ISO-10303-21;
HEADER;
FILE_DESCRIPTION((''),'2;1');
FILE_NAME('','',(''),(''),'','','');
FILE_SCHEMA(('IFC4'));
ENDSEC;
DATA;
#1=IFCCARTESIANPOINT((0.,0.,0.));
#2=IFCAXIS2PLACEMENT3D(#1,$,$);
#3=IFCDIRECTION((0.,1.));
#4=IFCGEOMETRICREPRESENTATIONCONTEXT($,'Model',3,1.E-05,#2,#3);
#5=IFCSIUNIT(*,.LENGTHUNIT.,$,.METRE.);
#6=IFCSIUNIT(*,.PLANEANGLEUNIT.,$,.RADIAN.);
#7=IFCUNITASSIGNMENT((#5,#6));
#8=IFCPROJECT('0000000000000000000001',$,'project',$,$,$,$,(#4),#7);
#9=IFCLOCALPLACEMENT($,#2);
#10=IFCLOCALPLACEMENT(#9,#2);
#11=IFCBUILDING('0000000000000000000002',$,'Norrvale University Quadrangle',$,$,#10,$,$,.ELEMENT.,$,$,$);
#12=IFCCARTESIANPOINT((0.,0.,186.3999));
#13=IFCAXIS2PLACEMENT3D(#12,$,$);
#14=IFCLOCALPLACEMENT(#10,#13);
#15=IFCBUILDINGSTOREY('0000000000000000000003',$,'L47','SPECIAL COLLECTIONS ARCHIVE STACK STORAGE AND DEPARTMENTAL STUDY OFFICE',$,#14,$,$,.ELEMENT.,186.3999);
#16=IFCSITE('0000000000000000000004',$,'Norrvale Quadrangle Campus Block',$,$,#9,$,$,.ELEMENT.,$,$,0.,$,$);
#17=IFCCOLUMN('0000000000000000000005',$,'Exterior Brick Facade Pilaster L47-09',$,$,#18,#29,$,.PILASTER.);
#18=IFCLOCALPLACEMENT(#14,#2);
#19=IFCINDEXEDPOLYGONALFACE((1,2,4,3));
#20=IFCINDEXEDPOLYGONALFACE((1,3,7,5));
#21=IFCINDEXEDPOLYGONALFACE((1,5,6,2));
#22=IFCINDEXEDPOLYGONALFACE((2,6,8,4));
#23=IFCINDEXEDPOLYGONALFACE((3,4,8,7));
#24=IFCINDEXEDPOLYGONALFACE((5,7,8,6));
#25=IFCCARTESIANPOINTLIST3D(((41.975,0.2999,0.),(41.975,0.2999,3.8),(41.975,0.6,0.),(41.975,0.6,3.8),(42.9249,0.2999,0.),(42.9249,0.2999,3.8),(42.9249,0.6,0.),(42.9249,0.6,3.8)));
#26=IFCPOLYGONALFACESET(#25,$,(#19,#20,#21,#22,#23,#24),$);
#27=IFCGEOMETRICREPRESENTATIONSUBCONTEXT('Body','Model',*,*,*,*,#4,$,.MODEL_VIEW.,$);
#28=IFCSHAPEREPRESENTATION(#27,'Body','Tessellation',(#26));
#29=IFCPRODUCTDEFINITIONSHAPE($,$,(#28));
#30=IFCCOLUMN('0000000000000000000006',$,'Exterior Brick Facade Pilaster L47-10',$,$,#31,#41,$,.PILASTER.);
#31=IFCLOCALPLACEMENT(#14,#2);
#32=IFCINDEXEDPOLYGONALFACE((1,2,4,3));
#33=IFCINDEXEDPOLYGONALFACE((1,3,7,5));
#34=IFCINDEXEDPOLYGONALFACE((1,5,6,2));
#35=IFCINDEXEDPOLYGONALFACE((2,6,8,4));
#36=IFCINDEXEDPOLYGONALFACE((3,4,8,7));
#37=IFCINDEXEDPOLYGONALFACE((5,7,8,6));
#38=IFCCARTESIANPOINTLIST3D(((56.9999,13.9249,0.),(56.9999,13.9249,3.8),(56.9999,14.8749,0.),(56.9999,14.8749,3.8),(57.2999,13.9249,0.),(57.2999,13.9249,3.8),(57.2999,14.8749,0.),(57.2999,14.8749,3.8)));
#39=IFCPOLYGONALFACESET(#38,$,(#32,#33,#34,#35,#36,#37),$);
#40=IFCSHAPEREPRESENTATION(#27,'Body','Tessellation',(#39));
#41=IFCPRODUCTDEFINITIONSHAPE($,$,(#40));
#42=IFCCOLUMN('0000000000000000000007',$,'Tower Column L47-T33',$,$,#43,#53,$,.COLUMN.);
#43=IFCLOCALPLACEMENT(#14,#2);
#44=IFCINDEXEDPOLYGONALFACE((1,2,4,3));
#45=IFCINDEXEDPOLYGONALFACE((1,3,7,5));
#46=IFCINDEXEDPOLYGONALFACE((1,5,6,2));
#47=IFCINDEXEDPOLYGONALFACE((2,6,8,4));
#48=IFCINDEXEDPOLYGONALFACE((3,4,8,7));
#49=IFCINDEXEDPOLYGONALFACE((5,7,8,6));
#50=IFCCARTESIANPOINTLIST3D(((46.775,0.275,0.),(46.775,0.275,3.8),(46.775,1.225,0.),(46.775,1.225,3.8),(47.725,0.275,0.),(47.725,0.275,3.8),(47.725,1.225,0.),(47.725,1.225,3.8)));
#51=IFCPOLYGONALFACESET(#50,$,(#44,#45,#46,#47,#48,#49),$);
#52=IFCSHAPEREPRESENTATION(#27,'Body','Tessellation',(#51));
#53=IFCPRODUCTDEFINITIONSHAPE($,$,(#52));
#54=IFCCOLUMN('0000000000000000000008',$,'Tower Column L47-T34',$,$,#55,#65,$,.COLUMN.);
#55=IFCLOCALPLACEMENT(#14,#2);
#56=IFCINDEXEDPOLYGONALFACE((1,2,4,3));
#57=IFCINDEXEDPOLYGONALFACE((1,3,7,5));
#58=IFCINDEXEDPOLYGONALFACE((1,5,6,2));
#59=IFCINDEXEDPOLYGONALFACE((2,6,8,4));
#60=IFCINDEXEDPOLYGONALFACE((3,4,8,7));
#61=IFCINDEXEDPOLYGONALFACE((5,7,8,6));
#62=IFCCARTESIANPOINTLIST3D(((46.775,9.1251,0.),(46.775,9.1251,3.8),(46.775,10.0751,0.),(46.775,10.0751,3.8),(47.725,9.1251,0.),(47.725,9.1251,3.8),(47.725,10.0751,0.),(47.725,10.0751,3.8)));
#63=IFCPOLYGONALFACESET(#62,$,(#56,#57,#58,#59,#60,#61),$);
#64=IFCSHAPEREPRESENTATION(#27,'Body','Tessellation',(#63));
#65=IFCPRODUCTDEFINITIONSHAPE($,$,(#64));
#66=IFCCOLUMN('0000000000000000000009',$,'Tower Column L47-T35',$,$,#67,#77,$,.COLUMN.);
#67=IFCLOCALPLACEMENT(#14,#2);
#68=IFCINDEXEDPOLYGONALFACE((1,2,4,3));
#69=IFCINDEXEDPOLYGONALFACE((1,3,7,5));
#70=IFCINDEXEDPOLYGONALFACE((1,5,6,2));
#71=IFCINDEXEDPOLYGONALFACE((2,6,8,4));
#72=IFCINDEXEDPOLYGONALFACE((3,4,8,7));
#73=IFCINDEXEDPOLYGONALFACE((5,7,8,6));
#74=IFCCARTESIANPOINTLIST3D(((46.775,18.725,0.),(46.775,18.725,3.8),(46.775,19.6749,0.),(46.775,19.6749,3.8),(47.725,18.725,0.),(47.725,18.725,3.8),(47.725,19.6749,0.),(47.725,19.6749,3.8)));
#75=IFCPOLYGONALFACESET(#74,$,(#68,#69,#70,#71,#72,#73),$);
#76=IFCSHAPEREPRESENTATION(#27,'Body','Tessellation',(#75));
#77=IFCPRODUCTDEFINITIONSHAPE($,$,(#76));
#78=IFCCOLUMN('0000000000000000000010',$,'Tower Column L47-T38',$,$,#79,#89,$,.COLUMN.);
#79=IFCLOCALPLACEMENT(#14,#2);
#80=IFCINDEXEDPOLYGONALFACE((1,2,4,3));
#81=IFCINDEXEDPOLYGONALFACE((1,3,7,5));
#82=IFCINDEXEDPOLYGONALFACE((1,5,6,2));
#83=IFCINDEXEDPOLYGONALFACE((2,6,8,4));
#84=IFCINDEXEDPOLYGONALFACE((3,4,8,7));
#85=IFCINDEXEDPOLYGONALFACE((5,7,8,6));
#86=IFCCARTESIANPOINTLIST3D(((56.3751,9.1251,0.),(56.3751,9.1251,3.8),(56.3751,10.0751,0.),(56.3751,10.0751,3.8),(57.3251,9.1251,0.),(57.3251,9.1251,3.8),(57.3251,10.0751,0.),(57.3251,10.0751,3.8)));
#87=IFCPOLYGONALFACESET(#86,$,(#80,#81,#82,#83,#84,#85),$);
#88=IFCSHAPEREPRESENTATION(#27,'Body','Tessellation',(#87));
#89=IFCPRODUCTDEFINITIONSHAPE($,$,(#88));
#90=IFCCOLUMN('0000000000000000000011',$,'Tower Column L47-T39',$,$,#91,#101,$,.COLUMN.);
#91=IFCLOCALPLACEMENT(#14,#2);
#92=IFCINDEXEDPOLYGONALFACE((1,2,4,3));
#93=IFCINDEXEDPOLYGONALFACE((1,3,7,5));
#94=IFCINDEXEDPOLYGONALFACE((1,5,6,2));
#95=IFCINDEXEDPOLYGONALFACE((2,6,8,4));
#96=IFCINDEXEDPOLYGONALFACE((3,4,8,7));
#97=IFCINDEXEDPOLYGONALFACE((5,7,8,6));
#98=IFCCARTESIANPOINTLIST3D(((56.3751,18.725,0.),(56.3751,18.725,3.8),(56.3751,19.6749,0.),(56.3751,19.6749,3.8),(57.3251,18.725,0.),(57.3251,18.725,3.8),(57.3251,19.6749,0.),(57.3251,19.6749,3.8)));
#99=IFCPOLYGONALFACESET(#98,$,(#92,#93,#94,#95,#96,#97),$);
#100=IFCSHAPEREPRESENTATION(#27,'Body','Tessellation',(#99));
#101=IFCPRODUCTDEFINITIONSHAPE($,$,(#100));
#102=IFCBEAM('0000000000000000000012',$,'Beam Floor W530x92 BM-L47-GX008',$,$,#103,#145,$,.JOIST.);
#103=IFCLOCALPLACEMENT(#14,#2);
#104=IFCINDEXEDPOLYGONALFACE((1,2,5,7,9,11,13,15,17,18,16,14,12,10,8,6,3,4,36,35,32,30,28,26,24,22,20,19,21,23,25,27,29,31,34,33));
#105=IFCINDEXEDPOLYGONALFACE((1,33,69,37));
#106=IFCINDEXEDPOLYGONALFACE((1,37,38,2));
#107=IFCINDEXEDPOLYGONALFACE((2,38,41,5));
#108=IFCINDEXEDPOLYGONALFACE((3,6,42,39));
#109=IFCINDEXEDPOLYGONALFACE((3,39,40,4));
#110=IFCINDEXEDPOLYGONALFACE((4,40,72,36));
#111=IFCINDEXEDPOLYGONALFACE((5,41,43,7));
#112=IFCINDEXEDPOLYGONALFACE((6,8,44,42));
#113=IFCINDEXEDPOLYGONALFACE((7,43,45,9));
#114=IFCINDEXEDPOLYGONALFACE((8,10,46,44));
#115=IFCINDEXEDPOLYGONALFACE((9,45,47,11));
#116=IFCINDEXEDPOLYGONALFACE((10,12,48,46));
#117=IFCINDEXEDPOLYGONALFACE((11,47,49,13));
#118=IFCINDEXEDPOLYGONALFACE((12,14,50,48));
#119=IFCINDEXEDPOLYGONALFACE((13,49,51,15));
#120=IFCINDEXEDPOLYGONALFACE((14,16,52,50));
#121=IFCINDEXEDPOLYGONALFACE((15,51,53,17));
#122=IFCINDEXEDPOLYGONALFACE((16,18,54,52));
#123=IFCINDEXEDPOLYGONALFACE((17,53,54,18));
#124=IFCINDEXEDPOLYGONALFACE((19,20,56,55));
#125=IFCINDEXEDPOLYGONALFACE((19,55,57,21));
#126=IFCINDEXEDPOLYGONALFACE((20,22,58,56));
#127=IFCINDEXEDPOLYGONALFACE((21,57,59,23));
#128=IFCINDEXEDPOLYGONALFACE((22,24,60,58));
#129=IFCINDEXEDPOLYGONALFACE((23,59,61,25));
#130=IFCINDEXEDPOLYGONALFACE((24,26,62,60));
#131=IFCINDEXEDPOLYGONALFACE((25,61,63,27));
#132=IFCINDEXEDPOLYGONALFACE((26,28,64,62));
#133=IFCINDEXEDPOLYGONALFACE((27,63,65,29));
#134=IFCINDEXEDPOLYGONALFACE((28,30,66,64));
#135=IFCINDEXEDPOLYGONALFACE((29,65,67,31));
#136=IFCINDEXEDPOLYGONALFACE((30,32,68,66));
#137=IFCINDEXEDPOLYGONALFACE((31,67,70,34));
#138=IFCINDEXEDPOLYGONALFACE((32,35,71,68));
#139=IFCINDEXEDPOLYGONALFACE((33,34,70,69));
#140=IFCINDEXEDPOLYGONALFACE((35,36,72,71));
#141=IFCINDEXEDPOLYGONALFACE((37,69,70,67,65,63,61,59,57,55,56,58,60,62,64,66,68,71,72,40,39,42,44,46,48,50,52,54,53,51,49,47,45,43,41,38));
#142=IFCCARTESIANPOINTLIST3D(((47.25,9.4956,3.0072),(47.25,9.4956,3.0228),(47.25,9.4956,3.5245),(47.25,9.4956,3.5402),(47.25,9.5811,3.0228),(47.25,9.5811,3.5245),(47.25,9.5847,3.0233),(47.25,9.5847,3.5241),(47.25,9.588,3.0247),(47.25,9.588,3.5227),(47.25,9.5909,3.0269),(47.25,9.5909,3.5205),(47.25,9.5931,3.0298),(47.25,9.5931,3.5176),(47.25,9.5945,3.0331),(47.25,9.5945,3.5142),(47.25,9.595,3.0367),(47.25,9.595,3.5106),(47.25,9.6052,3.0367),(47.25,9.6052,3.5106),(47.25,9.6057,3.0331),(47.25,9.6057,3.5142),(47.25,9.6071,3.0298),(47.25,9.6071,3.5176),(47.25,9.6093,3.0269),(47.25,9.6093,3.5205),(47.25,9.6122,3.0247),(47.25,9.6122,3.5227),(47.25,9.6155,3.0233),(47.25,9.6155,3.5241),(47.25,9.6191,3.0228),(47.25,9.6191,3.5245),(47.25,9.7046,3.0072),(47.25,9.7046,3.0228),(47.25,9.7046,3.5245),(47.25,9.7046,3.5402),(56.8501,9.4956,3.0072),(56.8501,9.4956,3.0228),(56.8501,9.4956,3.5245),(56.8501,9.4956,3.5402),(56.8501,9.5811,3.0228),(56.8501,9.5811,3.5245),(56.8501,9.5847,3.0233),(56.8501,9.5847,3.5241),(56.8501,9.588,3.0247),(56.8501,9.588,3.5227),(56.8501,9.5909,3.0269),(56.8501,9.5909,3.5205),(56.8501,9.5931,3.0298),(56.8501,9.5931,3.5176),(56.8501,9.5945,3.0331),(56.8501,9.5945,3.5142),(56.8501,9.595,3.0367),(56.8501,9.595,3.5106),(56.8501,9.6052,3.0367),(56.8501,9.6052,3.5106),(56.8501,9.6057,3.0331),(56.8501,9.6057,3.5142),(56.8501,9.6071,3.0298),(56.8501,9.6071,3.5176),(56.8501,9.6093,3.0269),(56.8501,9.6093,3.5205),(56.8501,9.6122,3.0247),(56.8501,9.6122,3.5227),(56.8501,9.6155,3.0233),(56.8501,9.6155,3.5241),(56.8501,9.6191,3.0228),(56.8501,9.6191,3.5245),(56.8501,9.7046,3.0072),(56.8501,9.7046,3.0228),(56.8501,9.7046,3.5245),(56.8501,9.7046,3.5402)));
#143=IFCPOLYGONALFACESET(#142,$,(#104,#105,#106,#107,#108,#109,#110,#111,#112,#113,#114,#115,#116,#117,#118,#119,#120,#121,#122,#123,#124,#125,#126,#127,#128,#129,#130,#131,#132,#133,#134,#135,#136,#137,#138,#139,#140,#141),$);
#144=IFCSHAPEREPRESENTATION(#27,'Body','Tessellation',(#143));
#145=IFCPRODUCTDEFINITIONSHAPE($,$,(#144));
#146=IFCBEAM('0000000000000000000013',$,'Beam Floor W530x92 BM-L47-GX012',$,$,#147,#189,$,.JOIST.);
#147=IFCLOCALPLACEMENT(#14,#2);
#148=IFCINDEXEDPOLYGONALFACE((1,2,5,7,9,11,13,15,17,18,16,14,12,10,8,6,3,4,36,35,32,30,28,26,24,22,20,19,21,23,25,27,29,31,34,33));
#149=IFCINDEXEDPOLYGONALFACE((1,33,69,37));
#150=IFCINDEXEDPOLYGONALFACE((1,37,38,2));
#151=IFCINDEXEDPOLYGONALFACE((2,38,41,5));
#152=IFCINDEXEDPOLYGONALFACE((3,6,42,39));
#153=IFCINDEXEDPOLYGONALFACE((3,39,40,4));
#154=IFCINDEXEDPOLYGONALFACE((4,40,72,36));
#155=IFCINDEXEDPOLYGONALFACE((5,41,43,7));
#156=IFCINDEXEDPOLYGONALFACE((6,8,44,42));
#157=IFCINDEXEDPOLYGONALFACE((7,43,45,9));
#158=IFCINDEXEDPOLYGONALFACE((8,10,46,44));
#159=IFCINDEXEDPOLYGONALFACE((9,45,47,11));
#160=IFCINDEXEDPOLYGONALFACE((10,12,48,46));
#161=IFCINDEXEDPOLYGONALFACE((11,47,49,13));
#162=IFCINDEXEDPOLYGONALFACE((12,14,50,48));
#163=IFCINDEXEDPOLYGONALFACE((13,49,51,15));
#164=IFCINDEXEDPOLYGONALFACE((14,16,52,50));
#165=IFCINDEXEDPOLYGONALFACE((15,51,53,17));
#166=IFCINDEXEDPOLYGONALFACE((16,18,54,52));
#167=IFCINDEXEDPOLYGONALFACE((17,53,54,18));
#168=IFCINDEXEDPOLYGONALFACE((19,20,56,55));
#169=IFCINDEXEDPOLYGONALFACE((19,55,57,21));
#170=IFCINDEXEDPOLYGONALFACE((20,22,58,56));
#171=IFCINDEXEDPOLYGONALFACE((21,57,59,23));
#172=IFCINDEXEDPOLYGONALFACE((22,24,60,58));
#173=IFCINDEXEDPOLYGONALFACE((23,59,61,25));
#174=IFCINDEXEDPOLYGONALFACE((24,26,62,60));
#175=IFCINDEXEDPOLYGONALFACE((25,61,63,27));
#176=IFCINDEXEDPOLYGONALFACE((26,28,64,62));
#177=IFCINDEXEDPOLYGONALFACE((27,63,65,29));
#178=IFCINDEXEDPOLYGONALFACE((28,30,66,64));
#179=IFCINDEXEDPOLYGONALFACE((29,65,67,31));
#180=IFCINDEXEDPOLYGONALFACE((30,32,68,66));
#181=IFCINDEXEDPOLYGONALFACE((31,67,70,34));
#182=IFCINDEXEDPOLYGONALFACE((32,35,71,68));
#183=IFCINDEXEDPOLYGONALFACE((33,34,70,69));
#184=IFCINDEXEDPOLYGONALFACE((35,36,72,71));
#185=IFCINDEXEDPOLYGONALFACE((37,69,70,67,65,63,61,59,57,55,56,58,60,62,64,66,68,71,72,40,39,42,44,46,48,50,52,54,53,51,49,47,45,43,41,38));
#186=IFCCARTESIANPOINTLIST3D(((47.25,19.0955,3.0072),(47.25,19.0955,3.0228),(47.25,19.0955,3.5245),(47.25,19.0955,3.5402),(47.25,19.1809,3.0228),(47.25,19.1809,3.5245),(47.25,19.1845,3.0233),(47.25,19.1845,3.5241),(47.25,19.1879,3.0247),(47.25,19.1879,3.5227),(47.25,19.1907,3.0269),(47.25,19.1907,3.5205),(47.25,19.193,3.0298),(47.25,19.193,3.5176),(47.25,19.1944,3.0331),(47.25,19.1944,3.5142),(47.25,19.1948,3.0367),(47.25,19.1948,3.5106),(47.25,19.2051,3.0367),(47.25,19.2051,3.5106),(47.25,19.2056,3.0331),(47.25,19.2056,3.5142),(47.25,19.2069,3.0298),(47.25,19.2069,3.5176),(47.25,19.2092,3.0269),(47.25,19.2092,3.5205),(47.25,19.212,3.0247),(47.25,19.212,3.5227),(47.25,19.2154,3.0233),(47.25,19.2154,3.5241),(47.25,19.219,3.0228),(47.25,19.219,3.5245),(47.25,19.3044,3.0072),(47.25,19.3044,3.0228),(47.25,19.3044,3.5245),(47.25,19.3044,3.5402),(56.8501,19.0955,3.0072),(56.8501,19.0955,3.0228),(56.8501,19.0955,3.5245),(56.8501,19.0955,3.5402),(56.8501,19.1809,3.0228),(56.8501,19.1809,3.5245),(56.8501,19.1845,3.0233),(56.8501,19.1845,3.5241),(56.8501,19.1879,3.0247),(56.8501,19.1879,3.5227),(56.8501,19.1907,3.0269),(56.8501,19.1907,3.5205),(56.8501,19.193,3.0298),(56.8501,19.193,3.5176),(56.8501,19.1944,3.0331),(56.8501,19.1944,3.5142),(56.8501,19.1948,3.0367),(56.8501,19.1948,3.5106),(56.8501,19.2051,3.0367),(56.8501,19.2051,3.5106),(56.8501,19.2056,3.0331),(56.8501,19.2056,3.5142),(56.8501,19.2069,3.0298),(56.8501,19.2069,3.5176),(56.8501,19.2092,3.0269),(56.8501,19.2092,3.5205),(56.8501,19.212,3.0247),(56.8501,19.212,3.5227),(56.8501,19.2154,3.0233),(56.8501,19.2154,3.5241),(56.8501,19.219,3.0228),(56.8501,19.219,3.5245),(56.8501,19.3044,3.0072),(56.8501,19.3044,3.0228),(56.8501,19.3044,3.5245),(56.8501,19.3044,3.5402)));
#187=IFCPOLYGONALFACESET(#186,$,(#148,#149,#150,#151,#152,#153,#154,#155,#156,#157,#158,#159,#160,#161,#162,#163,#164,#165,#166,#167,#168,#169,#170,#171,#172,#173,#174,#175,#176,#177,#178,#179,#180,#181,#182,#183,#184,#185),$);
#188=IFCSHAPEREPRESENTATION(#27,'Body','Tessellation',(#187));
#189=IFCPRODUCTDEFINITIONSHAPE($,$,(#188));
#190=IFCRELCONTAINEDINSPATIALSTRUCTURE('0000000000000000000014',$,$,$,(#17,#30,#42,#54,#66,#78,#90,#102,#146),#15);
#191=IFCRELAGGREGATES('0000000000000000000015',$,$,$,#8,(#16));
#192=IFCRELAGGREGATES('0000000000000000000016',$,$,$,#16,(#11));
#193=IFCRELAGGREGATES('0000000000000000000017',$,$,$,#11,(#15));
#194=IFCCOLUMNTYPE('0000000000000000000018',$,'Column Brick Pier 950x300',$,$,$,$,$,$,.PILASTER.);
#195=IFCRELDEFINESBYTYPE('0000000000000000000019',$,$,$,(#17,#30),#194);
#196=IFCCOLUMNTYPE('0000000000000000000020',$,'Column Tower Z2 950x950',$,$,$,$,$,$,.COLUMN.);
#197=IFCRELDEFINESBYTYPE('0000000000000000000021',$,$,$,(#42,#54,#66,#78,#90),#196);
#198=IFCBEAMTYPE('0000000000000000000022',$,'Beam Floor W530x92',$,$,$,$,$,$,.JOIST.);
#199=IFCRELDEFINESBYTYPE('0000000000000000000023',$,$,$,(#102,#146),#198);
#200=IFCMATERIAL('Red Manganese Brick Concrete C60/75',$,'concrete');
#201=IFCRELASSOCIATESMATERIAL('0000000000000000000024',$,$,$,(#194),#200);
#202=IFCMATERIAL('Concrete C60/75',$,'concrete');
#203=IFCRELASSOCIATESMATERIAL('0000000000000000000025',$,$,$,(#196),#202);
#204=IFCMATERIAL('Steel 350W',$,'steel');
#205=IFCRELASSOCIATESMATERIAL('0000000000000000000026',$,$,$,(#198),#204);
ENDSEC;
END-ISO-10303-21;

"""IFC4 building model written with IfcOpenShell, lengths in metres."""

from ifc_helpers import new_model, si_unit, direction, frame, origin, origin_2d, place, context, subcontext, project, spatial, rectangle, i_section, extrude, material, material_profile, profile_set, type_object, element, save


model = new_model("IFC4")

# Units and contexts
model_context = context("Model", 3, precision=1e-05, world=origin(), true_north=direction((0.0, 1.0)))
body_context = subcontext(model_context, "Body", "Model", "MODEL_VIEW")
ifc_project = project(units=[si_unit("LENGTHUNIT", "METRE"), si_unit("PLANEANGLEUNIT", "RADIAN")], contexts=[model_context])

# Site, building, storey
site_placement = place(None, origin())
site = spatial("IfcSite", under=ifc_project, at=site_placement, Name="Norrvale Quadrangle Campus Block", CompositionType="ELEMENT", RefElevation=0.0)
building_placement = place(site_placement, origin())
building = spatial("IfcBuilding", under=site, at=building_placement, Name="Norrvale University Quadrangle", CompositionType="ELEMENT")
storey_placement = place(building_placement, frame((0.0, 0.0, 186.3999)))
storey = spatial("IfcBuildingStorey", under=building, at=storey_placement, Name="L47", Description="SPECIAL COLLECTIONS ARCHIVE STACK STORAGE AND DEPARTMENTAL STUDY OFFICE", CompositionType="ELEMENT", Elevation=186.3999)

# Columns
ifc_material_1 = material(Name="Red Manganese Brick Concrete C60/75", Category="concrete")
ifc_material_profile_1 = material_profile(ifc_material_1, rectangle(XDim=0.95, YDim=0.3, at=origin_2d()), Name="Red Manganese Brick Concrete C60/75")
ifc_profile_set_1 = profile_set([ifc_material_profile_1], Name="Red Manganese Brick Concrete C60/75")
column_type_1 = type_object("IfcColumnType", Name="Column Brick Pier 950x300", PredefinedType="PILASTER", material=ifc_profile_set_1)
for number, where, z_axis, x_axis, name in (
    (1, (42.45, 0.45, 0.0), (0.0, 0.0, 1.0), (1.0, 0.0, 0.0), "Exterior Brick Facade Pilaster L47-09"),
    (2, (57.1499, 14.3999, 0.0), (0.0, 0.0, 1.0), (0.0, 1.0, 0.0), "Exterior Brick Facade Pilaster L47-10"),
):
    element("IfcColumn", number, at=place(storey_placement, frame(where, z_axis=z_axis, x_axis=x_axis)), inside=storey, type_object=column_type_1, Name=name, PredefinedType="PILASTER", context=body_context, shape_type="SweptSolid", body=[
        extrude(rectangle(XDim=0.95, YDim=0.3, at=origin_2d()), origin(), (0.0, 0.0, 1.0), 3.8),
    ])
ifc_material_2 = material(Name="Concrete C60/75", Category="concrete")
ifc_material_profile_2 = material_profile(ifc_material_2, rectangle(XDim=0.95, YDim=0.95, at=origin_2d()), Name="Concrete C60/75")
ifc_profile_set_2 = profile_set([ifc_material_profile_2], Name="Concrete C60/75")
column_type_2 = type_object("IfcColumnType", Name="Column Tower Z2 950x950", PredefinedType="COLUMN", material=ifc_profile_set_2)
for number, where, z_axis, x_axis, name in (
    (3, (47.25, 0.75, 0.0), (0.0, 0.0, 1.0), (1.0, 0.0, 0.0), "Tower Column L47-T33"),
    (4, (47.25, 9.6001, 0.0), (0.0, 0.0, 1.0), (1.0, 0.0, 0.0), "Tower Column L47-T34"),
    (5, (47.25, 19.2, 0.0), (0.0, 0.0, 1.0), (1.0, 0.0, 0.0), "Tower Column L47-T35"),
    (6, (56.8501, 9.6001, 0.0), (0.0, 0.0, 1.0), (1.0, 0.0, 0.0), "Tower Column L47-T38"),
    (7, (56.8501, 19.2, 0.0), (0.0, 0.0, 1.0), (1.0, 0.0, 0.0), "Tower Column L47-T39"),
):
    element("IfcColumn", number, at=place(storey_placement, frame(where, z_axis=z_axis, x_axis=x_axis)), inside=storey, type_object=column_type_2, Name=name, PredefinedType="COLUMN", context=body_context, shape_type="SweptSolid", body=[
        extrude(rectangle(XDim=0.95, YDim=0.95, at=origin_2d()), origin(), (0.0, 0.0, 1.0), 3.8),
    ])

# Beams
ifc_material_3 = material(Name="Steel 350W", Category="steel")
ifc_material_profile_3 = material_profile(ifc_material_3, i_section(OverallWidth=0.209, OverallDepth=0.533, WebThickness=0.0103, FlangeThickness=0.0156, FilletRadius=0.0139, at=origin_2d()), Name="Steel 350W")
ifc_profile_set_3 = profile_set([ifc_material_profile_3], Name="Steel 350W")
beam_type_1 = type_object("IfcBeamType", Name="Beam Floor W530x92", PredefinedType="JOIST", material=ifc_profile_set_3)
for number, where, z_axis, x_axis, name in (
    (8, (47.25, 9.6001, 3.2737), (1.0, 0.0, 0.0), (0.0, 1.0, 0.0), "Beam Floor W530x92 BM-L47-GX008"),
    (9, (47.25, 19.2, 3.2737), (1.0, 0.0, 0.0), (0.0, 1.0, 0.0), "Beam Floor W530x92 BM-L47-GX012"),
):
    element("IfcBeam", number, at=place(storey_placement, frame(where, z_axis=z_axis, x_axis=x_axis)), inside=storey, type_object=beam_type_1, Name=name, PredefinedType="JOIST", context=body_context, shape_type="SweptSolid", body=[
        extrude(i_section(OverallWidth=0.209, OverallDepth=0.533, WebThickness=0.0103, FlangeThickness=0.0156, FilletRadius=0.0139, at=origin_2d()), origin(), (0.0, 0.0, 1.0), 9.6001),
    ])

save(model, "model.ifc")
